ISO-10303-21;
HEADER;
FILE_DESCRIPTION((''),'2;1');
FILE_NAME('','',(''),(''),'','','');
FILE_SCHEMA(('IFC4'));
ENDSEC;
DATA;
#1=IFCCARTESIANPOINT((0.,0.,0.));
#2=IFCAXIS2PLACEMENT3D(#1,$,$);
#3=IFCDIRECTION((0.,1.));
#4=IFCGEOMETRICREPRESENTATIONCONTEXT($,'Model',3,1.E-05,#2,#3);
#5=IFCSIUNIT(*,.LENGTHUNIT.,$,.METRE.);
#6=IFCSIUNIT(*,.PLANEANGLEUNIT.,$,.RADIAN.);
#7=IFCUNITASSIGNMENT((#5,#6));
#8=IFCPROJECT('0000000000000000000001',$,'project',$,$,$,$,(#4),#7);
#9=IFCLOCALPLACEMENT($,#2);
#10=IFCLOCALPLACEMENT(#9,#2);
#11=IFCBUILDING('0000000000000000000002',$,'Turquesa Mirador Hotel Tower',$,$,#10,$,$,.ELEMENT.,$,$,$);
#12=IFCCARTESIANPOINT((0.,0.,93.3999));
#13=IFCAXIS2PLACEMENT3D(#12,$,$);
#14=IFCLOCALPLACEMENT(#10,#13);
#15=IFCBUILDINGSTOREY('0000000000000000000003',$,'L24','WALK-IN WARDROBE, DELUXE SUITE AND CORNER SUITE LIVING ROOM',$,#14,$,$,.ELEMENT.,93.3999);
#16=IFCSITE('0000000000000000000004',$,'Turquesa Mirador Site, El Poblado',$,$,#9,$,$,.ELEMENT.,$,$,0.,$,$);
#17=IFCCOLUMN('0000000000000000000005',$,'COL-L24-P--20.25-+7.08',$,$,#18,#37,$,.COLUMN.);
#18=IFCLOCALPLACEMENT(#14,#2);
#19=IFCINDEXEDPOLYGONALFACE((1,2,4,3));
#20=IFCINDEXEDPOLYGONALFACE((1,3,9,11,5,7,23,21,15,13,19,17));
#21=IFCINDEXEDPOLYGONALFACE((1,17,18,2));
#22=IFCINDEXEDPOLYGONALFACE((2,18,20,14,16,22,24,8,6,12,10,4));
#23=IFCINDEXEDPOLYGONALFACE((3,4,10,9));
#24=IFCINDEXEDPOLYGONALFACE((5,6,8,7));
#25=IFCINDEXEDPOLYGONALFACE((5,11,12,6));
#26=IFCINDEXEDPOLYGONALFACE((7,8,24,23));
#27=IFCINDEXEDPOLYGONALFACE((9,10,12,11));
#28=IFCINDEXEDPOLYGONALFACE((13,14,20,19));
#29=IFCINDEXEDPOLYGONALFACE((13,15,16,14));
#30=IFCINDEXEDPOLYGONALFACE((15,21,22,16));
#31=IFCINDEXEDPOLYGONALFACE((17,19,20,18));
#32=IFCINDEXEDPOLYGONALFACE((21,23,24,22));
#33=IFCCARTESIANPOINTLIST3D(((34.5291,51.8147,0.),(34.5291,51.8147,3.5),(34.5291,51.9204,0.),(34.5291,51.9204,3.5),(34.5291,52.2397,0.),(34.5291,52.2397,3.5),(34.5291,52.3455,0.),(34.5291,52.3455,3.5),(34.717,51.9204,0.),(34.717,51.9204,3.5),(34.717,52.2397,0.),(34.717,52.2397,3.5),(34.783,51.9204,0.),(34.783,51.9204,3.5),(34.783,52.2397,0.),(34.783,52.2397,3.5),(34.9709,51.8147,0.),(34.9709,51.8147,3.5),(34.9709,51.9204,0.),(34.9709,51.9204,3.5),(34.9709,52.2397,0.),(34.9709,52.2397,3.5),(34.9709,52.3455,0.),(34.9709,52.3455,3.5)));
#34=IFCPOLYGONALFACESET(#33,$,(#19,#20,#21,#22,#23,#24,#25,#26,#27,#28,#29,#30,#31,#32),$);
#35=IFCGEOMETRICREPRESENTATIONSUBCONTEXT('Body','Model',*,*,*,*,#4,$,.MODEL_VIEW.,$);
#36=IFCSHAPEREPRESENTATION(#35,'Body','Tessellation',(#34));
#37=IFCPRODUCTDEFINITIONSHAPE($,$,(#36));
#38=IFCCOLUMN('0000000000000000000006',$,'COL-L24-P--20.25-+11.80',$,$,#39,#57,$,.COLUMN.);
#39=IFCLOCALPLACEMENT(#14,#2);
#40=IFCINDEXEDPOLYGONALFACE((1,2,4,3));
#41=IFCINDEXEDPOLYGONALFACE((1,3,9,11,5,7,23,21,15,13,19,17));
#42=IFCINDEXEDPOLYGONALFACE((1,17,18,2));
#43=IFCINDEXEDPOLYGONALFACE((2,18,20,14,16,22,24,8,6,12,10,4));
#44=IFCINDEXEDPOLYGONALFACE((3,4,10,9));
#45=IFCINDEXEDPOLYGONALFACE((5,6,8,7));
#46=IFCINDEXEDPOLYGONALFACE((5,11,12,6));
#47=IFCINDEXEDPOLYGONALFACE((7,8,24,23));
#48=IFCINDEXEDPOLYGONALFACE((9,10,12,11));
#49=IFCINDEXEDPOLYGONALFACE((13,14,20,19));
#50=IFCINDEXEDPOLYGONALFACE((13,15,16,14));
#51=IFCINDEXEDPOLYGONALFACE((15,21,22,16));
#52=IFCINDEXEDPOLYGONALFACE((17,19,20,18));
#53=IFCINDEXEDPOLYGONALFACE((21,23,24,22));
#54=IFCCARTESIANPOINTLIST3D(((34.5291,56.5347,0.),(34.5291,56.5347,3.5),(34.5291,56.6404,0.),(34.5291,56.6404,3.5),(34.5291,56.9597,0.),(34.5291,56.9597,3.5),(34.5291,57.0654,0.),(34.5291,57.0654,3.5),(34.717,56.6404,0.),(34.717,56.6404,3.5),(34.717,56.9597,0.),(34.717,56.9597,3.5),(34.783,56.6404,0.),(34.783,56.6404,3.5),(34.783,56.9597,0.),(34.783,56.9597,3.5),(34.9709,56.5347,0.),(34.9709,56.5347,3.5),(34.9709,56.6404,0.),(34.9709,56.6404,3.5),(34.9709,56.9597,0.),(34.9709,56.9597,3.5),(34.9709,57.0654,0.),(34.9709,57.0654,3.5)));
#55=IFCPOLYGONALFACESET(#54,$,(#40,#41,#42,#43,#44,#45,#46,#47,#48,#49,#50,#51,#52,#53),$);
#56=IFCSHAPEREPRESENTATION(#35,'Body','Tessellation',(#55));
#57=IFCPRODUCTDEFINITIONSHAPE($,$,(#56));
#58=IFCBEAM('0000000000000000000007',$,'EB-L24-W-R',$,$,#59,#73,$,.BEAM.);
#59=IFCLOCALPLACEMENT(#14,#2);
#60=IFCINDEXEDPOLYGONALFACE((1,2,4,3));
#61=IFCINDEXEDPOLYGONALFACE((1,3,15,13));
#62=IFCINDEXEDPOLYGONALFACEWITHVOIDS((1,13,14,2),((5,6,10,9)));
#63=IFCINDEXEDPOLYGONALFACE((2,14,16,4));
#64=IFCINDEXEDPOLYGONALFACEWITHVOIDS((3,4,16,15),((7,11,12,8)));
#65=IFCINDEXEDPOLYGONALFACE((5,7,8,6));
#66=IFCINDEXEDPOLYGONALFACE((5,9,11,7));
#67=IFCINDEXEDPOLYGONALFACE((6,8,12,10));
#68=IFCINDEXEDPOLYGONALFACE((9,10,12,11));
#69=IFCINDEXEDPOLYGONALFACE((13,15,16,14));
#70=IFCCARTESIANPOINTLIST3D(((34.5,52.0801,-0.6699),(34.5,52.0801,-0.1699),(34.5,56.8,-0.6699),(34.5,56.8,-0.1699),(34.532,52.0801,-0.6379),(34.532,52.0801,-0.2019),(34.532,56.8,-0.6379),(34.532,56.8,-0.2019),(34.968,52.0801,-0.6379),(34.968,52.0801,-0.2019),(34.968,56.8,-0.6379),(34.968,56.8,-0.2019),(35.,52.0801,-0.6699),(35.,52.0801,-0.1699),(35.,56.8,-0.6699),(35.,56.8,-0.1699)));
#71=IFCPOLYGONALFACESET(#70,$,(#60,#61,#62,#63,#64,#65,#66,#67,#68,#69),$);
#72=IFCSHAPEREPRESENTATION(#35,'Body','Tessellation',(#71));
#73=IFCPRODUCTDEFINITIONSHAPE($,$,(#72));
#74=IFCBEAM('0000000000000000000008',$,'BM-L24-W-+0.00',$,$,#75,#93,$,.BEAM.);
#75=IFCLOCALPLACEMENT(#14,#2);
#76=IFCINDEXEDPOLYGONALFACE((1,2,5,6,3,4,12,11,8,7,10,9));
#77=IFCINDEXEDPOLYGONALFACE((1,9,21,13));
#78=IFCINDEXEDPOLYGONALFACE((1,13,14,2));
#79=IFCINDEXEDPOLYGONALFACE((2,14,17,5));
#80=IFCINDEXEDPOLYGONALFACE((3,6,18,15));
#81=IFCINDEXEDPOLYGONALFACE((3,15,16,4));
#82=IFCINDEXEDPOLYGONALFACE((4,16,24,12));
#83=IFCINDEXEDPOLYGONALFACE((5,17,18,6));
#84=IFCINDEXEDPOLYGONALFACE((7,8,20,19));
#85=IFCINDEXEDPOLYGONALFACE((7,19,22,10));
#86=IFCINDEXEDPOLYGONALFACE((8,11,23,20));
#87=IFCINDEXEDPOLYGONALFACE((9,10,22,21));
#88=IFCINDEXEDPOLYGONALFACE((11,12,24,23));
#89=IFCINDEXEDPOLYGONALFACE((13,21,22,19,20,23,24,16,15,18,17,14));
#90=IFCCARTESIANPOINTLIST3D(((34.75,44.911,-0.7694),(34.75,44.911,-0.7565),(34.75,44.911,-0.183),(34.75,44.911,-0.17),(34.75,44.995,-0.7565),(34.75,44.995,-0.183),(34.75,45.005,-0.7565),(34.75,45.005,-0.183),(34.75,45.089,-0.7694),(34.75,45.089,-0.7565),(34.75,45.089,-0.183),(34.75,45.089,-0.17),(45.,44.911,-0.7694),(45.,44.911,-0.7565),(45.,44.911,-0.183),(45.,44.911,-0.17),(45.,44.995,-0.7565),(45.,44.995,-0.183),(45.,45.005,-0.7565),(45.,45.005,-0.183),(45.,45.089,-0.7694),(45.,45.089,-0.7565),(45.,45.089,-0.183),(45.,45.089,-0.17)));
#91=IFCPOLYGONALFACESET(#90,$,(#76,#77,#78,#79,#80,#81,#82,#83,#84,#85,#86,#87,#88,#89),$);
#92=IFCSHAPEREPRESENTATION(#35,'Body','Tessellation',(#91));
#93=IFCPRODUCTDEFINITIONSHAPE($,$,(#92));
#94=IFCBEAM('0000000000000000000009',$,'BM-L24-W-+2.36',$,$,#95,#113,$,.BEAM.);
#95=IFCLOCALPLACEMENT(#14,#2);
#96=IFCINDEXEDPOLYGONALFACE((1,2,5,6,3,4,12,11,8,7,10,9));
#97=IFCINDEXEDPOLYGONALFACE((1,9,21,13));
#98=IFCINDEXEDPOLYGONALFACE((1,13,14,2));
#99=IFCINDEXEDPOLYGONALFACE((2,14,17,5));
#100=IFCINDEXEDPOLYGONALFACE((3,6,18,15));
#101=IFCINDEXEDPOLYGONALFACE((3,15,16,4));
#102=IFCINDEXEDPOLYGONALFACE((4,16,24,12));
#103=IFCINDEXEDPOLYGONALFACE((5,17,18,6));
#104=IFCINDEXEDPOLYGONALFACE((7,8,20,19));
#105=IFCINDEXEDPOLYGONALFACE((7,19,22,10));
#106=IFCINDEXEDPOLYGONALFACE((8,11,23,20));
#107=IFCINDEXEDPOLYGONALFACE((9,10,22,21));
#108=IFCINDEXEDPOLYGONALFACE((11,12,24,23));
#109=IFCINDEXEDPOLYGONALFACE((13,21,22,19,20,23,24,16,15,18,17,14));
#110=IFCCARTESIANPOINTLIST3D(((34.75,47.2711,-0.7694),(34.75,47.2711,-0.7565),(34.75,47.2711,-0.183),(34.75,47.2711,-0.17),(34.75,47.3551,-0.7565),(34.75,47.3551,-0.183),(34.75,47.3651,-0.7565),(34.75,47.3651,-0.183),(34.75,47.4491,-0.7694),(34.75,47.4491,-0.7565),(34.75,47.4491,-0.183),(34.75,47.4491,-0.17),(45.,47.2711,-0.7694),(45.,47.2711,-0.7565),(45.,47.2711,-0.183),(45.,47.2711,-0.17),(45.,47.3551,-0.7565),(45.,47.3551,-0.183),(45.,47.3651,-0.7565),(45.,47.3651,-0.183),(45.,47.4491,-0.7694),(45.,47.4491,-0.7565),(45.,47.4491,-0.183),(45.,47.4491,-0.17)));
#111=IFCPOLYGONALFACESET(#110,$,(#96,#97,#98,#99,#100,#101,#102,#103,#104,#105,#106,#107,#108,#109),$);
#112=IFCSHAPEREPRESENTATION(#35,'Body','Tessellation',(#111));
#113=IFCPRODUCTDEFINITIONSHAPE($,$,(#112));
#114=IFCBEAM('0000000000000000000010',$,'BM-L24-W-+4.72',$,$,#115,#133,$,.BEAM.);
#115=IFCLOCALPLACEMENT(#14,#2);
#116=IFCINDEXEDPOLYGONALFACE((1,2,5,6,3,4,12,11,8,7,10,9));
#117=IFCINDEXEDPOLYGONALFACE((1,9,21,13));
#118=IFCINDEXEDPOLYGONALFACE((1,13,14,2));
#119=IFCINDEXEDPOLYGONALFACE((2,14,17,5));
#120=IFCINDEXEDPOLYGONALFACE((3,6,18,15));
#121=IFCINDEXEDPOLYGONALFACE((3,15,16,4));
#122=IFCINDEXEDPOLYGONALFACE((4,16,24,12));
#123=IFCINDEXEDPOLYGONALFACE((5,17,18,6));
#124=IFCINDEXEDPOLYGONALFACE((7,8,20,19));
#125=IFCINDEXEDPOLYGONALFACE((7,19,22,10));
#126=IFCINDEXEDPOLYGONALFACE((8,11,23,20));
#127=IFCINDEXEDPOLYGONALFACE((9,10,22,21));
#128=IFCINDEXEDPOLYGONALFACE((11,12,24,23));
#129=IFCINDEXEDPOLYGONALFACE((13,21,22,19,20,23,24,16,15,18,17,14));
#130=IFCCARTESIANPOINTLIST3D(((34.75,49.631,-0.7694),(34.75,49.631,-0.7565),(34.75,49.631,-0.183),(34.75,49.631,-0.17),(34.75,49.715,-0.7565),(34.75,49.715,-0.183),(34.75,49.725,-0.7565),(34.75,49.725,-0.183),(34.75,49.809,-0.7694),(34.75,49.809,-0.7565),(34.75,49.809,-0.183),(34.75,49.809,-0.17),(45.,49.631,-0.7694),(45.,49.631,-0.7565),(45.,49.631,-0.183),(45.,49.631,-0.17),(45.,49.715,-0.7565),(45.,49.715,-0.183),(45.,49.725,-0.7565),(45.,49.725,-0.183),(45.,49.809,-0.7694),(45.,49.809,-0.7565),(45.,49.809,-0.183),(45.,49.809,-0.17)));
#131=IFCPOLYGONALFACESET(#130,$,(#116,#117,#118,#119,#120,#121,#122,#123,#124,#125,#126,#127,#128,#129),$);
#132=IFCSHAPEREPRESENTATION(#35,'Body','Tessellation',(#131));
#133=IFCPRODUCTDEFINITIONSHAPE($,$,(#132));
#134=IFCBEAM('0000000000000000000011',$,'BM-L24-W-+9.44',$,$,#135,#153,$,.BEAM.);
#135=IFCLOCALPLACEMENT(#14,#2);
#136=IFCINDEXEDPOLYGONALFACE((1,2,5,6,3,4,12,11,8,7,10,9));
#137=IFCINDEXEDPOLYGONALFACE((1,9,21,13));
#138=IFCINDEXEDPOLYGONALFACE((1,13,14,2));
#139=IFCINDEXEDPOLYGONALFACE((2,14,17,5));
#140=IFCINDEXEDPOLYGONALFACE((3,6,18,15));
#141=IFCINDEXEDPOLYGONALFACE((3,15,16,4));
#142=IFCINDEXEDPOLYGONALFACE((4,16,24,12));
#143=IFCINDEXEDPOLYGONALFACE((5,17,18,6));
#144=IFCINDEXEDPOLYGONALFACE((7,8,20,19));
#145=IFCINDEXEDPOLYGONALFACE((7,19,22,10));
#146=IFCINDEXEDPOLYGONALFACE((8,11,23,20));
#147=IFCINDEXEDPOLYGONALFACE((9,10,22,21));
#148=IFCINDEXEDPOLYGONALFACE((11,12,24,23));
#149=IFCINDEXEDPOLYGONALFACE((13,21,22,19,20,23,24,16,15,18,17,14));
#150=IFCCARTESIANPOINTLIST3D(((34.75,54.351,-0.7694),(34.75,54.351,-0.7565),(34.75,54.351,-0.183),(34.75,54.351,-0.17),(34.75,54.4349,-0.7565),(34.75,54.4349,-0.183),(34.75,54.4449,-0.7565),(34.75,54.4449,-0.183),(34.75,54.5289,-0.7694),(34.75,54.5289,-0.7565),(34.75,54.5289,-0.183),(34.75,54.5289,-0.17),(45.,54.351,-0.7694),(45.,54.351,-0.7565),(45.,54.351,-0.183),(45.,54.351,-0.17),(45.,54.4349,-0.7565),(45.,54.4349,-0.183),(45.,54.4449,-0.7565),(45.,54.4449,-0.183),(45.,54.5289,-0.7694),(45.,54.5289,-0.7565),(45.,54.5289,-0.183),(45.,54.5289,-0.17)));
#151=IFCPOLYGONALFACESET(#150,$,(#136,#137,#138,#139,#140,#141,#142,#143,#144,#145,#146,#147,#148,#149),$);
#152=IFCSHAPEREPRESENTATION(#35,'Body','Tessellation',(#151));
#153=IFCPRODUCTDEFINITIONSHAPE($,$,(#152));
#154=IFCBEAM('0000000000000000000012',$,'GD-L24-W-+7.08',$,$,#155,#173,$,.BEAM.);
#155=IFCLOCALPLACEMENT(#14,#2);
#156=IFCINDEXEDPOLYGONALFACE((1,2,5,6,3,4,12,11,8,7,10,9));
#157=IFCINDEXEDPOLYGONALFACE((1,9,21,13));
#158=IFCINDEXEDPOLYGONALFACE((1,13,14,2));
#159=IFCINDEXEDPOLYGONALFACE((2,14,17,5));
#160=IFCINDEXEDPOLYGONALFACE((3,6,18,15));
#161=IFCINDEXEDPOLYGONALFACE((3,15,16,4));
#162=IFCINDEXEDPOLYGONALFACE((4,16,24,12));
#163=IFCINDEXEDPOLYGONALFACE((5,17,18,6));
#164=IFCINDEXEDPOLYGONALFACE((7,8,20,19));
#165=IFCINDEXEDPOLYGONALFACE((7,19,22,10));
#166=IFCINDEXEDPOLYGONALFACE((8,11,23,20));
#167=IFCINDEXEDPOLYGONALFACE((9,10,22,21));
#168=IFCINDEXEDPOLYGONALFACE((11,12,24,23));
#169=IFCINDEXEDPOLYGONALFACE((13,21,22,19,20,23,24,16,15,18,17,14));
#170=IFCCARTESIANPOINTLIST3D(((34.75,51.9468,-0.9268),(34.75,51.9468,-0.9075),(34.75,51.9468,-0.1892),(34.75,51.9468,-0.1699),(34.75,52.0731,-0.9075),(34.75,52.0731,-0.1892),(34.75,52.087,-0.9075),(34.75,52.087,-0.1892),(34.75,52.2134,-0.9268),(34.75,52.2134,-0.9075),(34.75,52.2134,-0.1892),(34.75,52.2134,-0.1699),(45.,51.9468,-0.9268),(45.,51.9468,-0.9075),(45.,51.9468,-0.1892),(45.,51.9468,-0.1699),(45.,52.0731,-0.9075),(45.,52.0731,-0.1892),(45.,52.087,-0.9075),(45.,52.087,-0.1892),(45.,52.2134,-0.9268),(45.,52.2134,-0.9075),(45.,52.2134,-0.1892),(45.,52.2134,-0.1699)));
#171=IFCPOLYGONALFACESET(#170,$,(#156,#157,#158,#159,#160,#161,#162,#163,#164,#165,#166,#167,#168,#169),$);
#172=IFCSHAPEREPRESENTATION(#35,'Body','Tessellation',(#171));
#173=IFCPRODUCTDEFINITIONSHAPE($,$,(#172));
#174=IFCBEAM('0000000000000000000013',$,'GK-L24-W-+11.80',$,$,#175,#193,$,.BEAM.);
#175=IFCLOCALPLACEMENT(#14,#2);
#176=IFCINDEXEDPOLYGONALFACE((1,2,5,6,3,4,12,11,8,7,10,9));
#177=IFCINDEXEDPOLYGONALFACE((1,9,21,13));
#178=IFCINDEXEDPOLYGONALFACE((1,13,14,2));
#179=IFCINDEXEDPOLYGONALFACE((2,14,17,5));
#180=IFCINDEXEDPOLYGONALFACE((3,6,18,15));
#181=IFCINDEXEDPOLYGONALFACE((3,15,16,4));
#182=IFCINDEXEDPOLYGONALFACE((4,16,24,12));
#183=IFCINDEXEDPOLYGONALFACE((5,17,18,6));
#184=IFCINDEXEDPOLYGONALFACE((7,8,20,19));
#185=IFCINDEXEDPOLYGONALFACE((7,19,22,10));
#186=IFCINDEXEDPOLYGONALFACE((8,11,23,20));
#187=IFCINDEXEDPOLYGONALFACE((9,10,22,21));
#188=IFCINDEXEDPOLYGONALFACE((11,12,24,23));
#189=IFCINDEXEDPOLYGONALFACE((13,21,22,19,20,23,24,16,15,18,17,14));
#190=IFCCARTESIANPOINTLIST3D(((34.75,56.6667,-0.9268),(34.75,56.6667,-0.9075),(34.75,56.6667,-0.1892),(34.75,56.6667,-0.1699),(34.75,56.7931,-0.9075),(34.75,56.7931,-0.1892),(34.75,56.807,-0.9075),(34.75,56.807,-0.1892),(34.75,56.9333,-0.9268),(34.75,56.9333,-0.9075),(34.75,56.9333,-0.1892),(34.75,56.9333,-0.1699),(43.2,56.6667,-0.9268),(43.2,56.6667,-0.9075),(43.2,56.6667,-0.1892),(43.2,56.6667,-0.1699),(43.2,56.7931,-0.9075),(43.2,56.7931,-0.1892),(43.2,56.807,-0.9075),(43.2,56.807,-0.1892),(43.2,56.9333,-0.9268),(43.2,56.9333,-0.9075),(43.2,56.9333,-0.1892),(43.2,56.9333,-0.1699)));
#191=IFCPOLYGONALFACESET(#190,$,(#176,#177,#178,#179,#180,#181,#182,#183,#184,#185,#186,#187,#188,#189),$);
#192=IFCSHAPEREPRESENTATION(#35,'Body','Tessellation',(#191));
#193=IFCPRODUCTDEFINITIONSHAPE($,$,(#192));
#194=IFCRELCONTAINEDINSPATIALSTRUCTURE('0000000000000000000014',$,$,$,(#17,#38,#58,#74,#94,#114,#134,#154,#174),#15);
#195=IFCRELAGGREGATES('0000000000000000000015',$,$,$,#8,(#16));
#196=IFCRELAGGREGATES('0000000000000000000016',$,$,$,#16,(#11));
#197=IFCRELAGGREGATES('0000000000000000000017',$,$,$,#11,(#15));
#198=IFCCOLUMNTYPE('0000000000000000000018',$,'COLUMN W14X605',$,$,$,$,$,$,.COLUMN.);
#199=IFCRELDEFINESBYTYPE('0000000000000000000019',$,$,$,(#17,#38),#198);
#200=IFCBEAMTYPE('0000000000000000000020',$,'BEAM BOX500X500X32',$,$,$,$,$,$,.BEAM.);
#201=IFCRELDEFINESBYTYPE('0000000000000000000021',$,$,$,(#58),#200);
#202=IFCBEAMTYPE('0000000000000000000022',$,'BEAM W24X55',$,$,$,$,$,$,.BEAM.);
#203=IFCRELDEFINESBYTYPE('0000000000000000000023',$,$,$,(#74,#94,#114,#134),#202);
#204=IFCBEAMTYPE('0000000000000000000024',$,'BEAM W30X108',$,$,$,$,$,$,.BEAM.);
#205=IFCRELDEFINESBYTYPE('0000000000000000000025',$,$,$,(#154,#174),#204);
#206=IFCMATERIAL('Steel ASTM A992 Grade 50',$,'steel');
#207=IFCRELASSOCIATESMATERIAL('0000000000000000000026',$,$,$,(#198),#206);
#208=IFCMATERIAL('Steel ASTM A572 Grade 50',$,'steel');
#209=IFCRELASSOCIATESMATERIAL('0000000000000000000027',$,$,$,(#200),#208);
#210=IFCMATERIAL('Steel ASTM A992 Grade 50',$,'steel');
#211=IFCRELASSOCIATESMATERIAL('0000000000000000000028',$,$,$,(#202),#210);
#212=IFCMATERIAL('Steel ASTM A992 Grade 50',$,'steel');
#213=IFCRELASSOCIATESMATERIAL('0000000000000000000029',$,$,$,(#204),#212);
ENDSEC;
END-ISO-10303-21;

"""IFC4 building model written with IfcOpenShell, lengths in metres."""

from ifc_helpers import new_model, si_unit, direction, frame, origin, origin_2d, place, context, subcontext, project, spatial, hollow_rectangle, i_section, extrude, material, material_profile, profile_set, type_object, element, save


model = new_model("IFC4")

# Units and contexts
model_context = context("Model", 3, precision=1e-05, world=origin(), true_north=direction((0.0, 1.0)))
body_context = subcontext(model_context, "Body", "Model", "MODEL_VIEW")
ifc_project = project(units=[si_unit("LENGTHUNIT", "METRE"), si_unit("PLANEANGLEUNIT", "RADIAN")], contexts=[model_context])

# Site, building, storey
site_placement = place(None, origin())
site = spatial("IfcSite", under=ifc_project, at=site_placement, Name="Turquesa Mirador Site, El Poblado", CompositionType="ELEMENT", RefElevation=0.0)
building_placement = place(site_placement, origin())
building = spatial("IfcBuilding", under=site, at=building_placement, Name="Turquesa Mirador Hotel Tower", CompositionType="ELEMENT")
storey_placement = place(building_placement, frame((0.0, 0.0, 93.3999)))
storey = spatial("IfcBuildingStorey", under=building, at=storey_placement, Name="L24", Description="WALK-IN WARDROBE, DELUXE SUITE AND CORNER SUITE LIVING ROOM", CompositionType="ELEMENT", Elevation=93.3999)

# Columns
ifc_material_1 = material(Name="Steel ASTM A992 Grade 50", Category="steel")
ifc_material_profile_1 = material_profile(ifc_material_1, i_section(OverallWidth=0.4419, OverallDepth=0.5308, WebThickness=0.0659, FlangeThickness=0.1057, at=origin_2d()), Name="W14X605")
ifc_profile_set_1 = profile_set([ifc_material_profile_1], Name="Steel ASTM A992 Grade 50")
column_type = type_object("IfcColumnType", Name="COLUMN W14X605", PredefinedType="COLUMN", material=ifc_profile_set_1)
for number, where, z_axis, x_axis, name in (
    (1, (34.75, 52.0801, 0.0), (0.0, 0.0, 1.0), (1.0, 0.0, 0.0), "COL-L24-P--20.25-+7.08"),
    (2, (34.75, 56.8, 0.0), (0.0, 0.0, 1.0), (1.0, 0.0, 0.0), "COL-L24-P--20.25-+11.80"),
):
    element("IfcColumn", number, at=place(storey_placement, frame(where, z_axis=z_axis, x_axis=x_axis)), inside=storey, type_object=column_type, Name=name, PredefinedType="COLUMN", context=body_context, shape_type="SweptSolid", body=[
        extrude(i_section(OverallWidth=0.4419, OverallDepth=0.5308, WebThickness=0.0659, FlangeThickness=0.1057, at=origin_2d()), origin(), (0.0, 0.0, 1.0), 3.5),
    ])

# Beams
ifc_material_2 = material(Name="Steel ASTM A572 Grade 50", Category="steel")
ifc_material_profile_2 = material_profile(ifc_material_2, hollow_rectangle(XDim=0.5, YDim=0.5, WallThickness=0.032, at=origin_2d()), Name="BOX500X500X32")
ifc_profile_set_2 = profile_set([ifc_material_profile_2], Name="Steel ASTM A572 Grade 50")
beam_type_1 = type_object("IfcBeamType", Name="BEAM BOX500X500X32", PredefinedType="BEAM", material=ifc_profile_set_2)
beam_1_placement = place(storey_placement, frame((34.75, 52.0801, -0.4199), z_axis=(0.0, 1.0, 0.0), x_axis=(-1.0, 0.0, 0.0)))
element("IfcBeam", 3, at=beam_1_placement, inside=storey, type_object=beam_type_1, Name="EB-L24-W-R", PredefinedType="BEAM", context=body_context, shape_type="SweptSolid", body=[
    extrude(hollow_rectangle(XDim=0.5, YDim=0.5, WallThickness=0.032, at=origin_2d()), origin(), (0.0, 0.0, 1.0), 4.72),
])
ifc_material_3 = material(Name="Steel ASTM A992 Grade 50", Category="steel")
ifc_material_profile_3 = material_profile(ifc_material_3, i_section(OverallWidth=0.178, OverallDepth=0.5994, WebThickness=0.01, FlangeThickness=0.0129, at=origin_2d()), Name="W24X55")
ifc_profile_set_3 = profile_set([ifc_material_profile_3], Name="Steel ASTM A992 Grade 50")
beam_type_2 = type_object("IfcBeamType", Name="BEAM W24X55", PredefinedType="BEAM", material=ifc_profile_set_3)
for number, where, z_axis, x_axis, name in (
    (4, (34.75, 45.0, -0.4697), (1.0, 0.0, 0.0), (0.0, 1.0, 0.0), "BM-L24-W-+0.00"),
    (5, (34.75, 47.3601, -0.4697), (1.0, 0.0, 0.0), (0.0, 1.0, 0.0), "BM-L24-W-+2.36"),
    (6, (34.75, 49.72, -0.4697), (1.0, 0.0, 0.0), (0.0, 1.0, 0.0), "BM-L24-W-+4.72"),
    (7, (34.75, 54.4399, -0.4697), (1.0, 0.0, 0.0), (0.0, 1.0, 0.0), "BM-L24-W-+9.44"),
):
    element("IfcBeam", number, at=place(storey_placement, frame(where, z_axis=z_axis, x_axis=x_axis)), inside=storey, type_object=beam_type_2, Name=name, PredefinedType="BEAM", context=body_context, shape_type="SweptSolid", body=[
        extrude(i_section(OverallWidth=0.178, OverallDepth=0.5994, WebThickness=0.01, FlangeThickness=0.0129, at=origin_2d()), origin(), (0.0, 0.0, 1.0), 10.25),
    ])
ifc_material_4 = material(Name="Steel ASTM A992 Grade 50", Category="steel")
ifc_material_profile_4 = material_profile(ifc_material_4, i_section(OverallWidth=0.2666, OverallDepth=0.7568, WebThickness=0.0139, FlangeThickness=0.0193, at=origin_2d()), Name="W30X108")
ifc_profile_set_4 = profile_set([ifc_material_profile_4], Name="Steel ASTM A992 Grade 50")
beam_type_3 = type_object("IfcBeamType", Name="BEAM W30X108", PredefinedType="BEAM", material=ifc_profile_set_4)
beam_2_placement = place(storey_placement, frame((34.75, 52.0801, -0.5483), z_axis=(1.0, 0.0, 0.0), x_axis=(0.0, 1.0, 0.0)))
element("IfcBeam", 8, at=beam_2_placement, inside=storey, type_object=beam_type_3, Name="GD-L24-W-+7.08", PredefinedType="BEAM", context=body_context, shape_type="SweptSolid", body=[
    extrude(i_section(OverallWidth=0.2666, OverallDepth=0.7568, WebThickness=0.0139, FlangeThickness=0.0193, at=origin_2d()), origin(), (0.0, 0.0, 1.0), 10.25),
])
beam_3_placement = place(storey_placement, frame((34.75, 56.8, -0.5483), z_axis=(1.0, 0.0, 0.0), x_axis=(0.0, 1.0, 0.0)))
element("IfcBeam", 9, at=beam_3_placement, inside=storey, type_object=beam_type_3, Name="GK-L24-W-+11.80", PredefinedType="BEAM", context=body_context, shape_type="SweptSolid", body=[
    extrude(i_section(OverallWidth=0.2666, OverallDepth=0.7568, WebThickness=0.0139, FlangeThickness=0.0193, at=origin_2d()), origin(), (0.0, 0.0, 1.0), 8.45),
])

save(model, "model.ifc")
